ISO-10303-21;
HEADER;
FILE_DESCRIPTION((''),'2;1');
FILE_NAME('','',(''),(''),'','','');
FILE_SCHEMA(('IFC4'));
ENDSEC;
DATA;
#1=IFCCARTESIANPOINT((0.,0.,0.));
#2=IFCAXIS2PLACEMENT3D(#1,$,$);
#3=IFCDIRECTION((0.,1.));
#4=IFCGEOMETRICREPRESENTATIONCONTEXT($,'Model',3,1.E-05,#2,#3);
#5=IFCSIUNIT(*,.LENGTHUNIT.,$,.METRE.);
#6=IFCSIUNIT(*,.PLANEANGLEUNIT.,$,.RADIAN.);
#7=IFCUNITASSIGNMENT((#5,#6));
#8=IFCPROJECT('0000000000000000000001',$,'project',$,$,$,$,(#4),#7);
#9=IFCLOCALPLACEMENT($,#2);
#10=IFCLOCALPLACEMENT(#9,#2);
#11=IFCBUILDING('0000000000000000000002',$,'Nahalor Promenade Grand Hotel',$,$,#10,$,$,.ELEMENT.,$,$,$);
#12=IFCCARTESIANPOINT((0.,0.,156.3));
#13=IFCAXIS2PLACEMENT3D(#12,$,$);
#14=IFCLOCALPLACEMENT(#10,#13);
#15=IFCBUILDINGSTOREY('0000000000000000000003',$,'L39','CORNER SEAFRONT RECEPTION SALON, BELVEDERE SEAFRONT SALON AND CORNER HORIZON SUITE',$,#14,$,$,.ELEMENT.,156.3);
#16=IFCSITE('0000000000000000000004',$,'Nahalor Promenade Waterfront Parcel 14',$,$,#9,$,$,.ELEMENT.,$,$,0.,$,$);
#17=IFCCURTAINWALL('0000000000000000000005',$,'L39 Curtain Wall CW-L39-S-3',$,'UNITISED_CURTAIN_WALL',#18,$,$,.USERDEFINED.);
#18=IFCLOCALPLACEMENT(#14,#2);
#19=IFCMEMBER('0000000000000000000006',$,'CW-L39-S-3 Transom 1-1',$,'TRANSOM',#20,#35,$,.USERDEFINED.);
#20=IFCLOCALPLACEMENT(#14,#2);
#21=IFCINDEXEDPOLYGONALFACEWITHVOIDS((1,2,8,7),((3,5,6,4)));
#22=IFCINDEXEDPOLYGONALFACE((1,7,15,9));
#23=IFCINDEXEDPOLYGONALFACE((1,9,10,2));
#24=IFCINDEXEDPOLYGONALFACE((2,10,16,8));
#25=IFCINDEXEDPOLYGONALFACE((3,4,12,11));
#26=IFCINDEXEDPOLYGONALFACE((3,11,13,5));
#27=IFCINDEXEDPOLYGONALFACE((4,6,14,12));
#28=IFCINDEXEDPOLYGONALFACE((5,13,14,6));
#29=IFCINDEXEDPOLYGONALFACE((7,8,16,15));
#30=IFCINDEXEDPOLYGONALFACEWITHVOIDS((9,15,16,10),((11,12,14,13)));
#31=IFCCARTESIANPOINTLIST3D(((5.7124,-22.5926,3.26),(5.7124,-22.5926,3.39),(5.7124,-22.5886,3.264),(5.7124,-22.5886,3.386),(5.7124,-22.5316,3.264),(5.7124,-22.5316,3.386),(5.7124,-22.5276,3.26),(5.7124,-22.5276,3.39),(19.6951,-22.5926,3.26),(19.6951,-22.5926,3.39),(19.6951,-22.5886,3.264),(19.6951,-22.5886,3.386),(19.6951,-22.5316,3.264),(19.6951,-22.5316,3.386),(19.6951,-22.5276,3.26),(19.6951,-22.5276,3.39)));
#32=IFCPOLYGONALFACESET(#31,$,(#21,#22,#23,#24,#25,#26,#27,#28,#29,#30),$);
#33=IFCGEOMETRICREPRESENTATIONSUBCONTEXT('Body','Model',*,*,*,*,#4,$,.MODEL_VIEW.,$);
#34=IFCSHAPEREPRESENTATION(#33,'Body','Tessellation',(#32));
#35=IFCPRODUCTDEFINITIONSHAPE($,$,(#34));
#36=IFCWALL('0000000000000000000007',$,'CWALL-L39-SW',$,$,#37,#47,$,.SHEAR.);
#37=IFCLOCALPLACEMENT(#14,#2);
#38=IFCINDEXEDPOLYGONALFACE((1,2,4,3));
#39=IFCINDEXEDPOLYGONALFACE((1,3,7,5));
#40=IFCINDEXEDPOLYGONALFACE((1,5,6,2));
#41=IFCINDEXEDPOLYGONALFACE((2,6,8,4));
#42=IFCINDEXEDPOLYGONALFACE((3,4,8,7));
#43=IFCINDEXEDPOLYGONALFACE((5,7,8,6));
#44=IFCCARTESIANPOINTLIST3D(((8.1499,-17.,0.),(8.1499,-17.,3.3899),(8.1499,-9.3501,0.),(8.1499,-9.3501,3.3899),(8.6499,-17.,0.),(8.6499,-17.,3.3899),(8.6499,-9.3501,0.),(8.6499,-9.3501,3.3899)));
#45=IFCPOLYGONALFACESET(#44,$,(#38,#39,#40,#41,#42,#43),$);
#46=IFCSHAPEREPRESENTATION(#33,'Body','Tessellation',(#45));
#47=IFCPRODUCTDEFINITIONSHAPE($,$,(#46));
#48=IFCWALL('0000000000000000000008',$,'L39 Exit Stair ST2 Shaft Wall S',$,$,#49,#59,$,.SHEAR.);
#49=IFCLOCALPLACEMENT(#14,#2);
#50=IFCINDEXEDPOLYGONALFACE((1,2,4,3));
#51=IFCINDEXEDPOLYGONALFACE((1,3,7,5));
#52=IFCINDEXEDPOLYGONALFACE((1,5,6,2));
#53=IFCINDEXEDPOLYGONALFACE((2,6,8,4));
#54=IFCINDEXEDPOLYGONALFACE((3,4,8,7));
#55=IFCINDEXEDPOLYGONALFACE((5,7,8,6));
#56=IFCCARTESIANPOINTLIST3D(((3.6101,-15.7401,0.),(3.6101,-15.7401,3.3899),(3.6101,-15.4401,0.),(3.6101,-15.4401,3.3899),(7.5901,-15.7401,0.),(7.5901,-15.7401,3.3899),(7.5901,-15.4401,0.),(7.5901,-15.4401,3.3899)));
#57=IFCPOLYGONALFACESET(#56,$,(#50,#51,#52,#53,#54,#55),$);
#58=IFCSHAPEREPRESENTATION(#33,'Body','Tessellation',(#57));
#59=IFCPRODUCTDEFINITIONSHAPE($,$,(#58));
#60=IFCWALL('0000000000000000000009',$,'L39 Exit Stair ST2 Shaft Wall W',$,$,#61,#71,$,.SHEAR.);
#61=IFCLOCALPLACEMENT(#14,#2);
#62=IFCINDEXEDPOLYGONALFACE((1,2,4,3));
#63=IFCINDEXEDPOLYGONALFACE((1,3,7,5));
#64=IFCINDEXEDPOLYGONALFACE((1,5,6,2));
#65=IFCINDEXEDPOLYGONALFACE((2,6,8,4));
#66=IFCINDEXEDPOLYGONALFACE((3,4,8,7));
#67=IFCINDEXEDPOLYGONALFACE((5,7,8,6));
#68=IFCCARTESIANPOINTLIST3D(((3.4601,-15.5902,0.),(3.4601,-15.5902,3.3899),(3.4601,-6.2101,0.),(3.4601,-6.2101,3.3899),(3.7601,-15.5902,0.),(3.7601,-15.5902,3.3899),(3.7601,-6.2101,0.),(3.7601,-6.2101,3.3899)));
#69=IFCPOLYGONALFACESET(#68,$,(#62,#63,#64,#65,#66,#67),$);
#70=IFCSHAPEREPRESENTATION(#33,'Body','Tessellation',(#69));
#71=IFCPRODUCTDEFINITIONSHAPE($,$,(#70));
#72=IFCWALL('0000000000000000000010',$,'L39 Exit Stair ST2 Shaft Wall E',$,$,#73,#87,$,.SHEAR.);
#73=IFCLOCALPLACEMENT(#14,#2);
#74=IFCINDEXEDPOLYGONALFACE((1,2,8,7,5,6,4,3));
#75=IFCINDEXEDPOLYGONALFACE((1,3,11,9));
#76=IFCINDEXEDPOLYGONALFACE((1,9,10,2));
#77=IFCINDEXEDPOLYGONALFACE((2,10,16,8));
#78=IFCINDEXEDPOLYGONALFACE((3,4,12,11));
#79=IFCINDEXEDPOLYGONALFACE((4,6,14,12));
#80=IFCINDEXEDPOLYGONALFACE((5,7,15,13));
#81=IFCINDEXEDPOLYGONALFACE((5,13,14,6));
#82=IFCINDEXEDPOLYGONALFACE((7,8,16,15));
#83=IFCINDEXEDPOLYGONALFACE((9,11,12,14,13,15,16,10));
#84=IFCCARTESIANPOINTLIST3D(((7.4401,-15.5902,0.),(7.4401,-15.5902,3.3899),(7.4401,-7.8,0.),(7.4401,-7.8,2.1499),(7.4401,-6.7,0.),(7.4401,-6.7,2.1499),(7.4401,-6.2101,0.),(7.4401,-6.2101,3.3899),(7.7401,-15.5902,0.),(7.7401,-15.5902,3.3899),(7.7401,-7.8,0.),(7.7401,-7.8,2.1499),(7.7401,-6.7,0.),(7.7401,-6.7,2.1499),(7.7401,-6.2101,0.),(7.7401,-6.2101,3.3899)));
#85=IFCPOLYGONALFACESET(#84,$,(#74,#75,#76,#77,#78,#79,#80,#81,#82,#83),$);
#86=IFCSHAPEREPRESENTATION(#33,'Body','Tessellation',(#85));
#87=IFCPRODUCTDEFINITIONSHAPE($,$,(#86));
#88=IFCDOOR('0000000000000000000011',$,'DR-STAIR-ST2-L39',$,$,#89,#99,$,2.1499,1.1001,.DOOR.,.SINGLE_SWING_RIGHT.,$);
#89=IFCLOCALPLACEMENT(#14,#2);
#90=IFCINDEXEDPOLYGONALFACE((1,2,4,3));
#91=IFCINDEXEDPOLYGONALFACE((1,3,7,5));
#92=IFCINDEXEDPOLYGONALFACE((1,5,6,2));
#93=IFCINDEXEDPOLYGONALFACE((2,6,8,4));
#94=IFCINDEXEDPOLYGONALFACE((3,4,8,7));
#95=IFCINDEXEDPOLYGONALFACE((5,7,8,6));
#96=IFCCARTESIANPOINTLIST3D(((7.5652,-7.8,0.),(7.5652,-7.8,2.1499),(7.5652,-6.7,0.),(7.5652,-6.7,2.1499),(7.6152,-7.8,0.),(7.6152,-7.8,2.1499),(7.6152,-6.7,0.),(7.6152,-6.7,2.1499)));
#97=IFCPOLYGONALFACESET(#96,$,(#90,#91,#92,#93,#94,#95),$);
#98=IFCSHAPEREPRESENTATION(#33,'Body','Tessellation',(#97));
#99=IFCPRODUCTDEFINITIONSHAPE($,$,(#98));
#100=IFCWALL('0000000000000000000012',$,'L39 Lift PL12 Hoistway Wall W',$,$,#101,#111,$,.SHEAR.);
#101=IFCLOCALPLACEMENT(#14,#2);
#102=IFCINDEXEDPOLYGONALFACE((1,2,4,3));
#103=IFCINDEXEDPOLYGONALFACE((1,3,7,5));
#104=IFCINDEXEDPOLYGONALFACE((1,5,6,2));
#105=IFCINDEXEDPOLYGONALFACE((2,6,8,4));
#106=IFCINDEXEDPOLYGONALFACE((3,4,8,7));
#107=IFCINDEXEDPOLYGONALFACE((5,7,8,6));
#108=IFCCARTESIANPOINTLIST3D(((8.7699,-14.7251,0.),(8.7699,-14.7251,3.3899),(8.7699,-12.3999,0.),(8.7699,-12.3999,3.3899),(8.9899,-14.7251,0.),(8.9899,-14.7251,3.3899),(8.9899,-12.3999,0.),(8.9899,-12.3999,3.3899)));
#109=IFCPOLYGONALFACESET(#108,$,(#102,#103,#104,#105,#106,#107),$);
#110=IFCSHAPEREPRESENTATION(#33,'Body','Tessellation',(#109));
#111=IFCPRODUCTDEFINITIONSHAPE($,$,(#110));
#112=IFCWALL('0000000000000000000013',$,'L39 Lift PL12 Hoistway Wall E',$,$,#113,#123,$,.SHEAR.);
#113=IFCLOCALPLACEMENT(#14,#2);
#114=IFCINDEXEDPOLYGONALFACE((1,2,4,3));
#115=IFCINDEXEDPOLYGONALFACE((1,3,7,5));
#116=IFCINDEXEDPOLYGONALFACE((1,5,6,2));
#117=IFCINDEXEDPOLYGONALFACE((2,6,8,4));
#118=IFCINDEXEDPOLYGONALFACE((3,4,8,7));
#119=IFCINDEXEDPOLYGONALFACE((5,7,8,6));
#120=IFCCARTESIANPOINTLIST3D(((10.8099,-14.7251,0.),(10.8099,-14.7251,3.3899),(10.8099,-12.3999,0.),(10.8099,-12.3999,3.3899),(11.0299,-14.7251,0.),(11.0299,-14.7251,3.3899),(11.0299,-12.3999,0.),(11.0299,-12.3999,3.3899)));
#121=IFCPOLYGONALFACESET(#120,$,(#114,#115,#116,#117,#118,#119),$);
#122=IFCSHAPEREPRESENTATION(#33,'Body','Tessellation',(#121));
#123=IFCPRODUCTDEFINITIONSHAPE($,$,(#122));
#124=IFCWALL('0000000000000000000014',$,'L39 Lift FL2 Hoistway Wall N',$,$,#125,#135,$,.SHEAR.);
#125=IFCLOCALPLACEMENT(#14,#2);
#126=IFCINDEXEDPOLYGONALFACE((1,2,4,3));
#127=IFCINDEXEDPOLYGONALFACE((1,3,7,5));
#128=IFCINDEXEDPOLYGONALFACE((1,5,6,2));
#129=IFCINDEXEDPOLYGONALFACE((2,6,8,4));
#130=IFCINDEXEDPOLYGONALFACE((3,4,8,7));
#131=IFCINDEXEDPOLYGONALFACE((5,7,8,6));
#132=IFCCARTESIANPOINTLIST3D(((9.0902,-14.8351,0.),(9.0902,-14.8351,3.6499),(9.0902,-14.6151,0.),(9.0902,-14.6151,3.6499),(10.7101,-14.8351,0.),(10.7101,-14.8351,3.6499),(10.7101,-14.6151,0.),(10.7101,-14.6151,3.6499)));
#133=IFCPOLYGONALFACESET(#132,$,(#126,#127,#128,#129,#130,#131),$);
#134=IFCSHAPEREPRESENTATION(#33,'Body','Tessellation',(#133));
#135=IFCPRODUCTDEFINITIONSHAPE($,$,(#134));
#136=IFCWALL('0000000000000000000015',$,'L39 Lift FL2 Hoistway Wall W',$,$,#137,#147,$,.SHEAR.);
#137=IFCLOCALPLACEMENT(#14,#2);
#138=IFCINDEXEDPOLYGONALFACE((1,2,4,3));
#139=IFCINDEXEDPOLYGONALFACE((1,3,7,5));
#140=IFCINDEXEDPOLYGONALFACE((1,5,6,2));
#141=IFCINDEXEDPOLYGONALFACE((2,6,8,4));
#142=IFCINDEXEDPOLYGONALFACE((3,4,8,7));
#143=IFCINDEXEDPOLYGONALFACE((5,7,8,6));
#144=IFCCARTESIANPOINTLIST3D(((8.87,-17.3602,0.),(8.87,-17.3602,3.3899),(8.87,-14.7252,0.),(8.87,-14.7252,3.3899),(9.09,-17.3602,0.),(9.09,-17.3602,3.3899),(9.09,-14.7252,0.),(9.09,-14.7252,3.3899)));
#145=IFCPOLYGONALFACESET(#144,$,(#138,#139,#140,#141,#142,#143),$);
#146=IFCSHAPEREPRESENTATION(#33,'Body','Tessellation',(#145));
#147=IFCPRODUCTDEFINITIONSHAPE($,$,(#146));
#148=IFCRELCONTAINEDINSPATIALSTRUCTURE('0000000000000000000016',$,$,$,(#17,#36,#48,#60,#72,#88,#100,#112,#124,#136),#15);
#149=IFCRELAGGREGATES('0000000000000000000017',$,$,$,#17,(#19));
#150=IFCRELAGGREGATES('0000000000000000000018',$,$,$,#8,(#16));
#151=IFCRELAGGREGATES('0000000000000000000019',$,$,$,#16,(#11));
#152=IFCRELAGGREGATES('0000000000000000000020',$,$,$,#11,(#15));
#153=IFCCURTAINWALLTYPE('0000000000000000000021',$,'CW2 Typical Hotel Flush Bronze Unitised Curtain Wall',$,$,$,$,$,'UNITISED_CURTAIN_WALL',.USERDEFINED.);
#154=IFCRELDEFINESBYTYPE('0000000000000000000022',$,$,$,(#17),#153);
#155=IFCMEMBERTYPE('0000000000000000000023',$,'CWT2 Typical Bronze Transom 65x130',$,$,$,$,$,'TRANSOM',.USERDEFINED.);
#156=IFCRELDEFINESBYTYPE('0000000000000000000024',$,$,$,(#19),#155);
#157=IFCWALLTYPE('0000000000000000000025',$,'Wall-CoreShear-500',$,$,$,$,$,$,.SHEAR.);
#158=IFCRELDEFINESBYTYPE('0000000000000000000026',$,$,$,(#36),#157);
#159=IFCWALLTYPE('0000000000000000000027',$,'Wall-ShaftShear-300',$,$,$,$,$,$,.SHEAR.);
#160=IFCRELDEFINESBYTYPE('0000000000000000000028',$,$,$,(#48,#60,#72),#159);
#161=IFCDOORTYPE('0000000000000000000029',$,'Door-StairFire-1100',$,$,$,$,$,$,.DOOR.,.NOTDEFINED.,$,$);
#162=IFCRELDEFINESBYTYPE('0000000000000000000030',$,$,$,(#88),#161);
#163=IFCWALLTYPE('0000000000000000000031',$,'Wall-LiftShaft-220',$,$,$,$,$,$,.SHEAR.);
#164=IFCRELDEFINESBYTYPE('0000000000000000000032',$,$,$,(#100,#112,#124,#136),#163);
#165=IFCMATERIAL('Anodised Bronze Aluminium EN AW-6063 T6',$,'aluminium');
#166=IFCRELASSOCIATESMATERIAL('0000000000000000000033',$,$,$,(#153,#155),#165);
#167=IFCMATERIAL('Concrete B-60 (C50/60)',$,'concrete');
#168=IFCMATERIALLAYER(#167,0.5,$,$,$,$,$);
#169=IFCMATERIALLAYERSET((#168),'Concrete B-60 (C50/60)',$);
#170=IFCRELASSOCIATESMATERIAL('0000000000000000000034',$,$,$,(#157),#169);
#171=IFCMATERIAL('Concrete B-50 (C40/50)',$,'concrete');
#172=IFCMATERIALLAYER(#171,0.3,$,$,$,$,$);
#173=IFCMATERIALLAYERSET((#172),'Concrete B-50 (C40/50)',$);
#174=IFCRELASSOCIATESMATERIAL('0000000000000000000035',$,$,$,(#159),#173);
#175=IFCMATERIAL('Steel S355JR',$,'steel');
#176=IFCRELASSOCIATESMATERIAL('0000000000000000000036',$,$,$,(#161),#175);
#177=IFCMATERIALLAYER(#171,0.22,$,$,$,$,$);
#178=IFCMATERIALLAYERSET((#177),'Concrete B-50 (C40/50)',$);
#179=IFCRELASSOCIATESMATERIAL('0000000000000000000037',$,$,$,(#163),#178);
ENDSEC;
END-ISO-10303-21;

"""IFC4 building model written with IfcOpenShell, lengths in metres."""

from ifc_helpers import new_model, si_unit, direction, frame, frame_2d, origin, origin_2d, place, context, subcontext, project, spatial, rectangle, hollow_rectangle, extrude, source, transform, mapped, material, layer, layer_set, material_profile, profile_set, type_object, element, fill, aggregate, save


model = new_model("IFC4")

# Units and contexts
model_context = context("Model", 3, precision=1e-05, world=origin(), true_north=direction((0.0, 1.0)))
body_context = subcontext(model_context, "Body", "Model", "MODEL_VIEW")
ifc_project = project(units=[si_unit("LENGTHUNIT", "METRE"), si_unit("PLANEANGLEUNIT", "RADIAN")], contexts=[model_context])

# Site, building, storey
site_placement = place(None, origin())
site = spatial("IfcSite", under=ifc_project, at=site_placement, Name="Nahalor Promenade Waterfront Parcel 14", CompositionType="ELEMENT", RefElevation=0.0)
building_placement = place(site_placement, origin())
building = spatial("IfcBuilding", under=site, at=building_placement, Name="Nahalor Promenade Grand Hotel", CompositionType="ELEMENT")
storey_placement = place(building_placement, frame((0.0, 0.0, 156.3)))
storey = spatial("IfcBuildingStorey", under=building, at=storey_placement, Name="L39", Description="CORNER SEAFRONT RECEPTION SALON, BELVEDERE SEAFRONT SALON AND CORNER HORIZON SUITE", CompositionType="ELEMENT", Elevation=156.3)

# Shared definitions
ifc_material_1 = material(Name="Concrete B-60 (C50/60)", Category="concrete")

# Shared definitions
ifc_material_2 = material(Name="Steel S355JR", Category="steel")

# Curtain wall, member
ifc_material_3 = material(Name="Anodised Bronze Aluminium EN AW-6063 T6", Category="aluminium")
curtain_wall_type = type_object("IfcCurtainWallType", Name="CW2 Typical Hotel Flush Bronze Unitised Curtain Wall", ElementType="UNITISED_CURTAIN_WALL", PredefinedType="USERDEFINED", material=ifc_material_3)
curtain_wall_placement = place(storey_placement, origin())
curtain_wall = element("IfcCurtainWall", 1, at=curtain_wall_placement, inside=storey, type_object=curtain_wall_type, Name="L39 Curtain Wall CW-L39-S-3", ObjectType="UNITISED_CURTAIN_WALL", PredefinedType="USERDEFINED")
ifc_material_profile_1 = material_profile(ifc_material_3, hollow_rectangle(XDim=0.065, YDim=0.13, WallThickness=0.004, at=origin_2d()), Name="CWT 65x130x4")
ifc_profile_set_1 = profile_set([ifc_material_profile_1], Name="Anodised Bronze Aluminium EN AW-6063 T6")
member_type_1 = type_object("IfcMemberType", Name="CWT2 Typical Bronze Transom 65x130", ElementType="TRANSOM", PredefinedType="USERDEFINED", material=ifc_profile_set_1)
shared_shape_1 = source(origin(), body_context, "Body", "SweptSolid", [
    extrude(hollow_rectangle(XDim=0.065, YDim=0.13, WallThickness=0.004, at=origin_2d()), origin(), (0.0, 0.0, 1.0), 13.9827),
])
member_1_placement = place(storey_placement, frame((5.7124, -22.5601, 3.325), z_axis=(1.0, 0.0, 0.0), x_axis=(0.0, 1.0, 0.0)))
member_1 = element("IfcMember", 2, at=member_1_placement, type_object=member_type_1, Name="CW-L39-S-3 Transom 1-1", ObjectType="TRANSOM", PredefinedType="USERDEFINED", context=body_context, shape_type="MappedRepresentation", body=[
    mapped(shared_shape_1, transform((0.0, 0.0, 0.0), scale=1.0)),
])
aggregate(curtain_wall, [member_1])

# Walls
ifc_layer_1 = layer(ifc_material_1, 0.5)
ifc_layer_set_1 = layer_set([ifc_layer_1], Name="Concrete B-60 (C50/60)")
wall_type_1 = type_object("IfcWallType", Name="Wall-CoreShear-500", PredefinedType="SHEAR", material=ifc_layer_set_1)
shared_shape_2 = source(origin(), body_context, "Body", "SweptSolid", [
    extrude(rectangle(XDim=7.6499, YDim=0.5, at=frame_2d((3.825, 0.0))), origin(), (0.0, 0.0, 1.0), 3.3899),
])
wall_1_placement = place(storey_placement, frame((8.3999, -17.0, 0.0), z_axis=(0.0, 0.0, 1.0), x_axis=(0.0, 1.0, 0.0)))
element("IfcWall", 3, at=wall_1_placement, inside=storey, type_object=wall_type_1, Name="CWALL-L39-SW", PredefinedType="SHEAR", context=body_context, shape_type="MappedRepresentation", body=[
    mapped(shared_shape_2, transform((0.0, 0.0, 0.0), scale=1.0)),
])
ifc_material_4 = material(Name="Concrete B-50 (C40/50)", Category="concrete")
ifc_layer_2 = layer(ifc_material_4, 0.3)
ifc_layer_set_2 = layer_set([ifc_layer_2], Name="Concrete B-50 (C40/50)")
wall_type_2 = type_object("IfcWallType", Name="Wall-ShaftShear-300", PredefinedType="SHEAR", material=ifc_layer_set_2)
shared_shape_3 = source(origin(), body_context, "Body", "SweptSolid", [
    extrude(rectangle(XDim=3.98, YDim=0.3, at=frame_2d((1.99, 0.0))), origin(), (0.0, 0.0, 1.0), 3.3899),
])
wall_2_placement = place(storey_placement, frame((3.6101, -15.5901, 0.0), z_axis=(0.0, 0.0, 1.0), x_axis=(1.0, 0.0, 0.0)))
element("IfcWall", 4, at=wall_2_placement, inside=storey, type_object=wall_type_2, Name="L39 Exit Stair ST2 Shaft Wall S", PredefinedType="SHEAR", context=body_context, shape_type="MappedRepresentation", body=[
    mapped(shared_shape_3, transform((0.0, 0.0, 0.0), scale=1.0)),
])
shared_shape_4 = source(origin(), body_context, "Body", "SweptSolid", [
    extrude(rectangle(XDim=9.3801, YDim=0.3, at=frame_2d((4.6899, 0.0))), origin(), (0.0, 0.0, 1.0), 3.3899),
])
wall_3_placement = place(storey_placement, frame((3.6101, -15.5901, 0.0), z_axis=(0.0, 0.0, 1.0), x_axis=(0.0, 1.0, 0.0)))
element("IfcWall", 5, at=wall_3_placement, inside=storey, type_object=wall_type_2, Name="L39 Exit Stair ST2 Shaft Wall W", PredefinedType="SHEAR", context=body_context, shape_type="MappedRepresentation", body=[
    mapped(shared_shape_4, transform((0.0, 0.0, 0.0), scale=1.0)),
])

# Wall, opening, door
wall_4_placement = place(storey_placement, frame((7.5901, -15.5901, 0.0), z_axis=(0.0, 0.0, 1.0), x_axis=(0.0, 1.0, 0.0)))
wall_4 = element("IfcWall", 6, at=wall_4_placement, inside=storey, type_object=wall_type_2, Name="L39 Exit Stair ST2 Shaft Wall E", PredefinedType="SHEAR", context=body_context, shape_type="MappedRepresentation", body=[
    mapped(shared_shape_4, transform((0.0, 0.0, 0.0), scale=1.0)),
])
opening_1_placement = place(wall_4_placement, frame((7.79, 0.0, 0.0)))
opening_1 = element("IfcOpeningElement", 7, at=opening_1_placement, cuts=wall_4, PredefinedType="OPENING", context=body_context, shape_type="SweptSolid", body=[
    extrude(rectangle(XDim=1.1001, YDim=2.1499, at=frame_2d((0.55, 1.075))), frame((0.0, 0.1599, 0.0), z_axis=(0.0, -1.0, 0.0), x_axis=(1.0, 0.0, 0.0)), (0.0, 0.0, 1.0), 0.3201),
])
door_type_1 = type_object("IfcDoorType", Name="Door-StairFire-1100", OperationType="NOTDEFINED", PredefinedType="DOOR", material=ifc_material_2)
shared_shape_5 = source(origin(), body_context, "Body", "SweptSolid", [
    extrude(rectangle(XDim=1.1001, YDim=2.1499, at=frame_2d((0.55, 1.075))), frame((0.0, 0.0249, 0.0), z_axis=(0.0, -1.0, 0.0), x_axis=(1.0, 0.0, 0.0)), (0.0, 0.0, 1.0), 0.05),
])
door_1_placement = place(opening_1_placement, origin())
door_1 = element("IfcDoor", 8, at=door_1_placement, inside=storey, type_object=door_type_1, Name="DR-STAIR-ST2-L39", OperationType="SINGLE_SWING_RIGHT", OverallHeight=2.1499, OverallWidth=1.1001, PredefinedType="DOOR", context=body_context, shape_type="MappedRepresentation", body=[
    mapped(shared_shape_5, transform((0.0, 0.0, 0.0), scale=1.0)),
])
fill(opening_1, door_1)

# Walls
ifc_layer_3 = layer(ifc_material_4, 0.22)
ifc_layer_set_3 = layer_set([ifc_layer_3], Name="Concrete B-50 (C40/50)")
wall_type_3 = type_object("IfcWallType", Name="Wall-LiftShaft-220", PredefinedType="SHEAR", material=ifc_layer_set_3)
shared_shape_6 = source(origin(), body_context, "Body", "SweptSolid", [
    extrude(rectangle(XDim=2.3252, YDim=0.22, at=frame_2d((1.1626, 0.0))), origin(), (0.0, 0.0, 1.0), 3.3899),
])
for number, where, z_axis, x_axis, name in (
    (9, (8.8799, -14.7251, 0.0), (0.0, 0.0, 1.0), (0.0, 1.0, 0.0), "L39 Lift PL12 Hoistway Wall W"),
    (10, (10.9199, -14.7251, 0.0), (0.0, 0.0, 1.0), (0.0, 1.0, 0.0), "L39 Lift PL12 Hoistway Wall E"),
):
    element("IfcWall", number, at=place(storey_placement, frame(where, z_axis=z_axis, x_axis=x_axis)), inside=storey, type_object=wall_type_3, Name=name, PredefinedType="SHEAR", context=body_context, shape_type="MappedRepresentation", body=[
        mapped(shared_shape_6, transform((0.0, 0.0, 0.0), scale=1.0)),
    ])
shared_shape_7 = source(origin(), body_context, "Body", "SweptSolid", [
    extrude(rectangle(XDim=1.6199, YDim=0.22, at=frame_2d((0.8101, 0.0))), origin(), (0.0, 0.0, 1.0), 3.6499),
])
wall_5_placement = place(storey_placement, frame((9.0901, -14.7251, 0.0), z_axis=(0.0, 0.0, 1.0), x_axis=(1.0, 0.0, 0.0)))
element("IfcWall", 11, at=wall_5_placement, inside=storey, type_object=wall_type_3, Name="L39 Lift FL2 Hoistway Wall N", PredefinedType="SHEAR", context=body_context, shape_type="MappedRepresentation", body=[
    mapped(shared_shape_7, transform((0.0, 0.0, 0.0), scale=1.0)),
])
shared_shape_8 = source(origin(), body_context, "Body", "SweptSolid", [
    extrude(rectangle(XDim=2.635, YDim=0.22, at=frame_2d((1.3174, 0.0))), origin(), (0.0, 0.0, 1.0), 3.3899),
])
wall_6_placement = place(storey_placement, frame((8.98, -17.3601, 0.0), z_axis=(0.0, 0.0, 1.0), x_axis=(0.0, 1.0, 0.0)))
element("IfcWall", 12, at=wall_6_placement, inside=storey, type_object=wall_type_3, Name="L39 Lift FL2 Hoistway Wall W", PredefinedType="SHEAR", context=body_context, shape_type="MappedRepresentation", body=[
    mapped(shared_shape_8, transform((0.0, 0.0, 0.0), scale=1.0)),
])

save(model, "model.ifc")
